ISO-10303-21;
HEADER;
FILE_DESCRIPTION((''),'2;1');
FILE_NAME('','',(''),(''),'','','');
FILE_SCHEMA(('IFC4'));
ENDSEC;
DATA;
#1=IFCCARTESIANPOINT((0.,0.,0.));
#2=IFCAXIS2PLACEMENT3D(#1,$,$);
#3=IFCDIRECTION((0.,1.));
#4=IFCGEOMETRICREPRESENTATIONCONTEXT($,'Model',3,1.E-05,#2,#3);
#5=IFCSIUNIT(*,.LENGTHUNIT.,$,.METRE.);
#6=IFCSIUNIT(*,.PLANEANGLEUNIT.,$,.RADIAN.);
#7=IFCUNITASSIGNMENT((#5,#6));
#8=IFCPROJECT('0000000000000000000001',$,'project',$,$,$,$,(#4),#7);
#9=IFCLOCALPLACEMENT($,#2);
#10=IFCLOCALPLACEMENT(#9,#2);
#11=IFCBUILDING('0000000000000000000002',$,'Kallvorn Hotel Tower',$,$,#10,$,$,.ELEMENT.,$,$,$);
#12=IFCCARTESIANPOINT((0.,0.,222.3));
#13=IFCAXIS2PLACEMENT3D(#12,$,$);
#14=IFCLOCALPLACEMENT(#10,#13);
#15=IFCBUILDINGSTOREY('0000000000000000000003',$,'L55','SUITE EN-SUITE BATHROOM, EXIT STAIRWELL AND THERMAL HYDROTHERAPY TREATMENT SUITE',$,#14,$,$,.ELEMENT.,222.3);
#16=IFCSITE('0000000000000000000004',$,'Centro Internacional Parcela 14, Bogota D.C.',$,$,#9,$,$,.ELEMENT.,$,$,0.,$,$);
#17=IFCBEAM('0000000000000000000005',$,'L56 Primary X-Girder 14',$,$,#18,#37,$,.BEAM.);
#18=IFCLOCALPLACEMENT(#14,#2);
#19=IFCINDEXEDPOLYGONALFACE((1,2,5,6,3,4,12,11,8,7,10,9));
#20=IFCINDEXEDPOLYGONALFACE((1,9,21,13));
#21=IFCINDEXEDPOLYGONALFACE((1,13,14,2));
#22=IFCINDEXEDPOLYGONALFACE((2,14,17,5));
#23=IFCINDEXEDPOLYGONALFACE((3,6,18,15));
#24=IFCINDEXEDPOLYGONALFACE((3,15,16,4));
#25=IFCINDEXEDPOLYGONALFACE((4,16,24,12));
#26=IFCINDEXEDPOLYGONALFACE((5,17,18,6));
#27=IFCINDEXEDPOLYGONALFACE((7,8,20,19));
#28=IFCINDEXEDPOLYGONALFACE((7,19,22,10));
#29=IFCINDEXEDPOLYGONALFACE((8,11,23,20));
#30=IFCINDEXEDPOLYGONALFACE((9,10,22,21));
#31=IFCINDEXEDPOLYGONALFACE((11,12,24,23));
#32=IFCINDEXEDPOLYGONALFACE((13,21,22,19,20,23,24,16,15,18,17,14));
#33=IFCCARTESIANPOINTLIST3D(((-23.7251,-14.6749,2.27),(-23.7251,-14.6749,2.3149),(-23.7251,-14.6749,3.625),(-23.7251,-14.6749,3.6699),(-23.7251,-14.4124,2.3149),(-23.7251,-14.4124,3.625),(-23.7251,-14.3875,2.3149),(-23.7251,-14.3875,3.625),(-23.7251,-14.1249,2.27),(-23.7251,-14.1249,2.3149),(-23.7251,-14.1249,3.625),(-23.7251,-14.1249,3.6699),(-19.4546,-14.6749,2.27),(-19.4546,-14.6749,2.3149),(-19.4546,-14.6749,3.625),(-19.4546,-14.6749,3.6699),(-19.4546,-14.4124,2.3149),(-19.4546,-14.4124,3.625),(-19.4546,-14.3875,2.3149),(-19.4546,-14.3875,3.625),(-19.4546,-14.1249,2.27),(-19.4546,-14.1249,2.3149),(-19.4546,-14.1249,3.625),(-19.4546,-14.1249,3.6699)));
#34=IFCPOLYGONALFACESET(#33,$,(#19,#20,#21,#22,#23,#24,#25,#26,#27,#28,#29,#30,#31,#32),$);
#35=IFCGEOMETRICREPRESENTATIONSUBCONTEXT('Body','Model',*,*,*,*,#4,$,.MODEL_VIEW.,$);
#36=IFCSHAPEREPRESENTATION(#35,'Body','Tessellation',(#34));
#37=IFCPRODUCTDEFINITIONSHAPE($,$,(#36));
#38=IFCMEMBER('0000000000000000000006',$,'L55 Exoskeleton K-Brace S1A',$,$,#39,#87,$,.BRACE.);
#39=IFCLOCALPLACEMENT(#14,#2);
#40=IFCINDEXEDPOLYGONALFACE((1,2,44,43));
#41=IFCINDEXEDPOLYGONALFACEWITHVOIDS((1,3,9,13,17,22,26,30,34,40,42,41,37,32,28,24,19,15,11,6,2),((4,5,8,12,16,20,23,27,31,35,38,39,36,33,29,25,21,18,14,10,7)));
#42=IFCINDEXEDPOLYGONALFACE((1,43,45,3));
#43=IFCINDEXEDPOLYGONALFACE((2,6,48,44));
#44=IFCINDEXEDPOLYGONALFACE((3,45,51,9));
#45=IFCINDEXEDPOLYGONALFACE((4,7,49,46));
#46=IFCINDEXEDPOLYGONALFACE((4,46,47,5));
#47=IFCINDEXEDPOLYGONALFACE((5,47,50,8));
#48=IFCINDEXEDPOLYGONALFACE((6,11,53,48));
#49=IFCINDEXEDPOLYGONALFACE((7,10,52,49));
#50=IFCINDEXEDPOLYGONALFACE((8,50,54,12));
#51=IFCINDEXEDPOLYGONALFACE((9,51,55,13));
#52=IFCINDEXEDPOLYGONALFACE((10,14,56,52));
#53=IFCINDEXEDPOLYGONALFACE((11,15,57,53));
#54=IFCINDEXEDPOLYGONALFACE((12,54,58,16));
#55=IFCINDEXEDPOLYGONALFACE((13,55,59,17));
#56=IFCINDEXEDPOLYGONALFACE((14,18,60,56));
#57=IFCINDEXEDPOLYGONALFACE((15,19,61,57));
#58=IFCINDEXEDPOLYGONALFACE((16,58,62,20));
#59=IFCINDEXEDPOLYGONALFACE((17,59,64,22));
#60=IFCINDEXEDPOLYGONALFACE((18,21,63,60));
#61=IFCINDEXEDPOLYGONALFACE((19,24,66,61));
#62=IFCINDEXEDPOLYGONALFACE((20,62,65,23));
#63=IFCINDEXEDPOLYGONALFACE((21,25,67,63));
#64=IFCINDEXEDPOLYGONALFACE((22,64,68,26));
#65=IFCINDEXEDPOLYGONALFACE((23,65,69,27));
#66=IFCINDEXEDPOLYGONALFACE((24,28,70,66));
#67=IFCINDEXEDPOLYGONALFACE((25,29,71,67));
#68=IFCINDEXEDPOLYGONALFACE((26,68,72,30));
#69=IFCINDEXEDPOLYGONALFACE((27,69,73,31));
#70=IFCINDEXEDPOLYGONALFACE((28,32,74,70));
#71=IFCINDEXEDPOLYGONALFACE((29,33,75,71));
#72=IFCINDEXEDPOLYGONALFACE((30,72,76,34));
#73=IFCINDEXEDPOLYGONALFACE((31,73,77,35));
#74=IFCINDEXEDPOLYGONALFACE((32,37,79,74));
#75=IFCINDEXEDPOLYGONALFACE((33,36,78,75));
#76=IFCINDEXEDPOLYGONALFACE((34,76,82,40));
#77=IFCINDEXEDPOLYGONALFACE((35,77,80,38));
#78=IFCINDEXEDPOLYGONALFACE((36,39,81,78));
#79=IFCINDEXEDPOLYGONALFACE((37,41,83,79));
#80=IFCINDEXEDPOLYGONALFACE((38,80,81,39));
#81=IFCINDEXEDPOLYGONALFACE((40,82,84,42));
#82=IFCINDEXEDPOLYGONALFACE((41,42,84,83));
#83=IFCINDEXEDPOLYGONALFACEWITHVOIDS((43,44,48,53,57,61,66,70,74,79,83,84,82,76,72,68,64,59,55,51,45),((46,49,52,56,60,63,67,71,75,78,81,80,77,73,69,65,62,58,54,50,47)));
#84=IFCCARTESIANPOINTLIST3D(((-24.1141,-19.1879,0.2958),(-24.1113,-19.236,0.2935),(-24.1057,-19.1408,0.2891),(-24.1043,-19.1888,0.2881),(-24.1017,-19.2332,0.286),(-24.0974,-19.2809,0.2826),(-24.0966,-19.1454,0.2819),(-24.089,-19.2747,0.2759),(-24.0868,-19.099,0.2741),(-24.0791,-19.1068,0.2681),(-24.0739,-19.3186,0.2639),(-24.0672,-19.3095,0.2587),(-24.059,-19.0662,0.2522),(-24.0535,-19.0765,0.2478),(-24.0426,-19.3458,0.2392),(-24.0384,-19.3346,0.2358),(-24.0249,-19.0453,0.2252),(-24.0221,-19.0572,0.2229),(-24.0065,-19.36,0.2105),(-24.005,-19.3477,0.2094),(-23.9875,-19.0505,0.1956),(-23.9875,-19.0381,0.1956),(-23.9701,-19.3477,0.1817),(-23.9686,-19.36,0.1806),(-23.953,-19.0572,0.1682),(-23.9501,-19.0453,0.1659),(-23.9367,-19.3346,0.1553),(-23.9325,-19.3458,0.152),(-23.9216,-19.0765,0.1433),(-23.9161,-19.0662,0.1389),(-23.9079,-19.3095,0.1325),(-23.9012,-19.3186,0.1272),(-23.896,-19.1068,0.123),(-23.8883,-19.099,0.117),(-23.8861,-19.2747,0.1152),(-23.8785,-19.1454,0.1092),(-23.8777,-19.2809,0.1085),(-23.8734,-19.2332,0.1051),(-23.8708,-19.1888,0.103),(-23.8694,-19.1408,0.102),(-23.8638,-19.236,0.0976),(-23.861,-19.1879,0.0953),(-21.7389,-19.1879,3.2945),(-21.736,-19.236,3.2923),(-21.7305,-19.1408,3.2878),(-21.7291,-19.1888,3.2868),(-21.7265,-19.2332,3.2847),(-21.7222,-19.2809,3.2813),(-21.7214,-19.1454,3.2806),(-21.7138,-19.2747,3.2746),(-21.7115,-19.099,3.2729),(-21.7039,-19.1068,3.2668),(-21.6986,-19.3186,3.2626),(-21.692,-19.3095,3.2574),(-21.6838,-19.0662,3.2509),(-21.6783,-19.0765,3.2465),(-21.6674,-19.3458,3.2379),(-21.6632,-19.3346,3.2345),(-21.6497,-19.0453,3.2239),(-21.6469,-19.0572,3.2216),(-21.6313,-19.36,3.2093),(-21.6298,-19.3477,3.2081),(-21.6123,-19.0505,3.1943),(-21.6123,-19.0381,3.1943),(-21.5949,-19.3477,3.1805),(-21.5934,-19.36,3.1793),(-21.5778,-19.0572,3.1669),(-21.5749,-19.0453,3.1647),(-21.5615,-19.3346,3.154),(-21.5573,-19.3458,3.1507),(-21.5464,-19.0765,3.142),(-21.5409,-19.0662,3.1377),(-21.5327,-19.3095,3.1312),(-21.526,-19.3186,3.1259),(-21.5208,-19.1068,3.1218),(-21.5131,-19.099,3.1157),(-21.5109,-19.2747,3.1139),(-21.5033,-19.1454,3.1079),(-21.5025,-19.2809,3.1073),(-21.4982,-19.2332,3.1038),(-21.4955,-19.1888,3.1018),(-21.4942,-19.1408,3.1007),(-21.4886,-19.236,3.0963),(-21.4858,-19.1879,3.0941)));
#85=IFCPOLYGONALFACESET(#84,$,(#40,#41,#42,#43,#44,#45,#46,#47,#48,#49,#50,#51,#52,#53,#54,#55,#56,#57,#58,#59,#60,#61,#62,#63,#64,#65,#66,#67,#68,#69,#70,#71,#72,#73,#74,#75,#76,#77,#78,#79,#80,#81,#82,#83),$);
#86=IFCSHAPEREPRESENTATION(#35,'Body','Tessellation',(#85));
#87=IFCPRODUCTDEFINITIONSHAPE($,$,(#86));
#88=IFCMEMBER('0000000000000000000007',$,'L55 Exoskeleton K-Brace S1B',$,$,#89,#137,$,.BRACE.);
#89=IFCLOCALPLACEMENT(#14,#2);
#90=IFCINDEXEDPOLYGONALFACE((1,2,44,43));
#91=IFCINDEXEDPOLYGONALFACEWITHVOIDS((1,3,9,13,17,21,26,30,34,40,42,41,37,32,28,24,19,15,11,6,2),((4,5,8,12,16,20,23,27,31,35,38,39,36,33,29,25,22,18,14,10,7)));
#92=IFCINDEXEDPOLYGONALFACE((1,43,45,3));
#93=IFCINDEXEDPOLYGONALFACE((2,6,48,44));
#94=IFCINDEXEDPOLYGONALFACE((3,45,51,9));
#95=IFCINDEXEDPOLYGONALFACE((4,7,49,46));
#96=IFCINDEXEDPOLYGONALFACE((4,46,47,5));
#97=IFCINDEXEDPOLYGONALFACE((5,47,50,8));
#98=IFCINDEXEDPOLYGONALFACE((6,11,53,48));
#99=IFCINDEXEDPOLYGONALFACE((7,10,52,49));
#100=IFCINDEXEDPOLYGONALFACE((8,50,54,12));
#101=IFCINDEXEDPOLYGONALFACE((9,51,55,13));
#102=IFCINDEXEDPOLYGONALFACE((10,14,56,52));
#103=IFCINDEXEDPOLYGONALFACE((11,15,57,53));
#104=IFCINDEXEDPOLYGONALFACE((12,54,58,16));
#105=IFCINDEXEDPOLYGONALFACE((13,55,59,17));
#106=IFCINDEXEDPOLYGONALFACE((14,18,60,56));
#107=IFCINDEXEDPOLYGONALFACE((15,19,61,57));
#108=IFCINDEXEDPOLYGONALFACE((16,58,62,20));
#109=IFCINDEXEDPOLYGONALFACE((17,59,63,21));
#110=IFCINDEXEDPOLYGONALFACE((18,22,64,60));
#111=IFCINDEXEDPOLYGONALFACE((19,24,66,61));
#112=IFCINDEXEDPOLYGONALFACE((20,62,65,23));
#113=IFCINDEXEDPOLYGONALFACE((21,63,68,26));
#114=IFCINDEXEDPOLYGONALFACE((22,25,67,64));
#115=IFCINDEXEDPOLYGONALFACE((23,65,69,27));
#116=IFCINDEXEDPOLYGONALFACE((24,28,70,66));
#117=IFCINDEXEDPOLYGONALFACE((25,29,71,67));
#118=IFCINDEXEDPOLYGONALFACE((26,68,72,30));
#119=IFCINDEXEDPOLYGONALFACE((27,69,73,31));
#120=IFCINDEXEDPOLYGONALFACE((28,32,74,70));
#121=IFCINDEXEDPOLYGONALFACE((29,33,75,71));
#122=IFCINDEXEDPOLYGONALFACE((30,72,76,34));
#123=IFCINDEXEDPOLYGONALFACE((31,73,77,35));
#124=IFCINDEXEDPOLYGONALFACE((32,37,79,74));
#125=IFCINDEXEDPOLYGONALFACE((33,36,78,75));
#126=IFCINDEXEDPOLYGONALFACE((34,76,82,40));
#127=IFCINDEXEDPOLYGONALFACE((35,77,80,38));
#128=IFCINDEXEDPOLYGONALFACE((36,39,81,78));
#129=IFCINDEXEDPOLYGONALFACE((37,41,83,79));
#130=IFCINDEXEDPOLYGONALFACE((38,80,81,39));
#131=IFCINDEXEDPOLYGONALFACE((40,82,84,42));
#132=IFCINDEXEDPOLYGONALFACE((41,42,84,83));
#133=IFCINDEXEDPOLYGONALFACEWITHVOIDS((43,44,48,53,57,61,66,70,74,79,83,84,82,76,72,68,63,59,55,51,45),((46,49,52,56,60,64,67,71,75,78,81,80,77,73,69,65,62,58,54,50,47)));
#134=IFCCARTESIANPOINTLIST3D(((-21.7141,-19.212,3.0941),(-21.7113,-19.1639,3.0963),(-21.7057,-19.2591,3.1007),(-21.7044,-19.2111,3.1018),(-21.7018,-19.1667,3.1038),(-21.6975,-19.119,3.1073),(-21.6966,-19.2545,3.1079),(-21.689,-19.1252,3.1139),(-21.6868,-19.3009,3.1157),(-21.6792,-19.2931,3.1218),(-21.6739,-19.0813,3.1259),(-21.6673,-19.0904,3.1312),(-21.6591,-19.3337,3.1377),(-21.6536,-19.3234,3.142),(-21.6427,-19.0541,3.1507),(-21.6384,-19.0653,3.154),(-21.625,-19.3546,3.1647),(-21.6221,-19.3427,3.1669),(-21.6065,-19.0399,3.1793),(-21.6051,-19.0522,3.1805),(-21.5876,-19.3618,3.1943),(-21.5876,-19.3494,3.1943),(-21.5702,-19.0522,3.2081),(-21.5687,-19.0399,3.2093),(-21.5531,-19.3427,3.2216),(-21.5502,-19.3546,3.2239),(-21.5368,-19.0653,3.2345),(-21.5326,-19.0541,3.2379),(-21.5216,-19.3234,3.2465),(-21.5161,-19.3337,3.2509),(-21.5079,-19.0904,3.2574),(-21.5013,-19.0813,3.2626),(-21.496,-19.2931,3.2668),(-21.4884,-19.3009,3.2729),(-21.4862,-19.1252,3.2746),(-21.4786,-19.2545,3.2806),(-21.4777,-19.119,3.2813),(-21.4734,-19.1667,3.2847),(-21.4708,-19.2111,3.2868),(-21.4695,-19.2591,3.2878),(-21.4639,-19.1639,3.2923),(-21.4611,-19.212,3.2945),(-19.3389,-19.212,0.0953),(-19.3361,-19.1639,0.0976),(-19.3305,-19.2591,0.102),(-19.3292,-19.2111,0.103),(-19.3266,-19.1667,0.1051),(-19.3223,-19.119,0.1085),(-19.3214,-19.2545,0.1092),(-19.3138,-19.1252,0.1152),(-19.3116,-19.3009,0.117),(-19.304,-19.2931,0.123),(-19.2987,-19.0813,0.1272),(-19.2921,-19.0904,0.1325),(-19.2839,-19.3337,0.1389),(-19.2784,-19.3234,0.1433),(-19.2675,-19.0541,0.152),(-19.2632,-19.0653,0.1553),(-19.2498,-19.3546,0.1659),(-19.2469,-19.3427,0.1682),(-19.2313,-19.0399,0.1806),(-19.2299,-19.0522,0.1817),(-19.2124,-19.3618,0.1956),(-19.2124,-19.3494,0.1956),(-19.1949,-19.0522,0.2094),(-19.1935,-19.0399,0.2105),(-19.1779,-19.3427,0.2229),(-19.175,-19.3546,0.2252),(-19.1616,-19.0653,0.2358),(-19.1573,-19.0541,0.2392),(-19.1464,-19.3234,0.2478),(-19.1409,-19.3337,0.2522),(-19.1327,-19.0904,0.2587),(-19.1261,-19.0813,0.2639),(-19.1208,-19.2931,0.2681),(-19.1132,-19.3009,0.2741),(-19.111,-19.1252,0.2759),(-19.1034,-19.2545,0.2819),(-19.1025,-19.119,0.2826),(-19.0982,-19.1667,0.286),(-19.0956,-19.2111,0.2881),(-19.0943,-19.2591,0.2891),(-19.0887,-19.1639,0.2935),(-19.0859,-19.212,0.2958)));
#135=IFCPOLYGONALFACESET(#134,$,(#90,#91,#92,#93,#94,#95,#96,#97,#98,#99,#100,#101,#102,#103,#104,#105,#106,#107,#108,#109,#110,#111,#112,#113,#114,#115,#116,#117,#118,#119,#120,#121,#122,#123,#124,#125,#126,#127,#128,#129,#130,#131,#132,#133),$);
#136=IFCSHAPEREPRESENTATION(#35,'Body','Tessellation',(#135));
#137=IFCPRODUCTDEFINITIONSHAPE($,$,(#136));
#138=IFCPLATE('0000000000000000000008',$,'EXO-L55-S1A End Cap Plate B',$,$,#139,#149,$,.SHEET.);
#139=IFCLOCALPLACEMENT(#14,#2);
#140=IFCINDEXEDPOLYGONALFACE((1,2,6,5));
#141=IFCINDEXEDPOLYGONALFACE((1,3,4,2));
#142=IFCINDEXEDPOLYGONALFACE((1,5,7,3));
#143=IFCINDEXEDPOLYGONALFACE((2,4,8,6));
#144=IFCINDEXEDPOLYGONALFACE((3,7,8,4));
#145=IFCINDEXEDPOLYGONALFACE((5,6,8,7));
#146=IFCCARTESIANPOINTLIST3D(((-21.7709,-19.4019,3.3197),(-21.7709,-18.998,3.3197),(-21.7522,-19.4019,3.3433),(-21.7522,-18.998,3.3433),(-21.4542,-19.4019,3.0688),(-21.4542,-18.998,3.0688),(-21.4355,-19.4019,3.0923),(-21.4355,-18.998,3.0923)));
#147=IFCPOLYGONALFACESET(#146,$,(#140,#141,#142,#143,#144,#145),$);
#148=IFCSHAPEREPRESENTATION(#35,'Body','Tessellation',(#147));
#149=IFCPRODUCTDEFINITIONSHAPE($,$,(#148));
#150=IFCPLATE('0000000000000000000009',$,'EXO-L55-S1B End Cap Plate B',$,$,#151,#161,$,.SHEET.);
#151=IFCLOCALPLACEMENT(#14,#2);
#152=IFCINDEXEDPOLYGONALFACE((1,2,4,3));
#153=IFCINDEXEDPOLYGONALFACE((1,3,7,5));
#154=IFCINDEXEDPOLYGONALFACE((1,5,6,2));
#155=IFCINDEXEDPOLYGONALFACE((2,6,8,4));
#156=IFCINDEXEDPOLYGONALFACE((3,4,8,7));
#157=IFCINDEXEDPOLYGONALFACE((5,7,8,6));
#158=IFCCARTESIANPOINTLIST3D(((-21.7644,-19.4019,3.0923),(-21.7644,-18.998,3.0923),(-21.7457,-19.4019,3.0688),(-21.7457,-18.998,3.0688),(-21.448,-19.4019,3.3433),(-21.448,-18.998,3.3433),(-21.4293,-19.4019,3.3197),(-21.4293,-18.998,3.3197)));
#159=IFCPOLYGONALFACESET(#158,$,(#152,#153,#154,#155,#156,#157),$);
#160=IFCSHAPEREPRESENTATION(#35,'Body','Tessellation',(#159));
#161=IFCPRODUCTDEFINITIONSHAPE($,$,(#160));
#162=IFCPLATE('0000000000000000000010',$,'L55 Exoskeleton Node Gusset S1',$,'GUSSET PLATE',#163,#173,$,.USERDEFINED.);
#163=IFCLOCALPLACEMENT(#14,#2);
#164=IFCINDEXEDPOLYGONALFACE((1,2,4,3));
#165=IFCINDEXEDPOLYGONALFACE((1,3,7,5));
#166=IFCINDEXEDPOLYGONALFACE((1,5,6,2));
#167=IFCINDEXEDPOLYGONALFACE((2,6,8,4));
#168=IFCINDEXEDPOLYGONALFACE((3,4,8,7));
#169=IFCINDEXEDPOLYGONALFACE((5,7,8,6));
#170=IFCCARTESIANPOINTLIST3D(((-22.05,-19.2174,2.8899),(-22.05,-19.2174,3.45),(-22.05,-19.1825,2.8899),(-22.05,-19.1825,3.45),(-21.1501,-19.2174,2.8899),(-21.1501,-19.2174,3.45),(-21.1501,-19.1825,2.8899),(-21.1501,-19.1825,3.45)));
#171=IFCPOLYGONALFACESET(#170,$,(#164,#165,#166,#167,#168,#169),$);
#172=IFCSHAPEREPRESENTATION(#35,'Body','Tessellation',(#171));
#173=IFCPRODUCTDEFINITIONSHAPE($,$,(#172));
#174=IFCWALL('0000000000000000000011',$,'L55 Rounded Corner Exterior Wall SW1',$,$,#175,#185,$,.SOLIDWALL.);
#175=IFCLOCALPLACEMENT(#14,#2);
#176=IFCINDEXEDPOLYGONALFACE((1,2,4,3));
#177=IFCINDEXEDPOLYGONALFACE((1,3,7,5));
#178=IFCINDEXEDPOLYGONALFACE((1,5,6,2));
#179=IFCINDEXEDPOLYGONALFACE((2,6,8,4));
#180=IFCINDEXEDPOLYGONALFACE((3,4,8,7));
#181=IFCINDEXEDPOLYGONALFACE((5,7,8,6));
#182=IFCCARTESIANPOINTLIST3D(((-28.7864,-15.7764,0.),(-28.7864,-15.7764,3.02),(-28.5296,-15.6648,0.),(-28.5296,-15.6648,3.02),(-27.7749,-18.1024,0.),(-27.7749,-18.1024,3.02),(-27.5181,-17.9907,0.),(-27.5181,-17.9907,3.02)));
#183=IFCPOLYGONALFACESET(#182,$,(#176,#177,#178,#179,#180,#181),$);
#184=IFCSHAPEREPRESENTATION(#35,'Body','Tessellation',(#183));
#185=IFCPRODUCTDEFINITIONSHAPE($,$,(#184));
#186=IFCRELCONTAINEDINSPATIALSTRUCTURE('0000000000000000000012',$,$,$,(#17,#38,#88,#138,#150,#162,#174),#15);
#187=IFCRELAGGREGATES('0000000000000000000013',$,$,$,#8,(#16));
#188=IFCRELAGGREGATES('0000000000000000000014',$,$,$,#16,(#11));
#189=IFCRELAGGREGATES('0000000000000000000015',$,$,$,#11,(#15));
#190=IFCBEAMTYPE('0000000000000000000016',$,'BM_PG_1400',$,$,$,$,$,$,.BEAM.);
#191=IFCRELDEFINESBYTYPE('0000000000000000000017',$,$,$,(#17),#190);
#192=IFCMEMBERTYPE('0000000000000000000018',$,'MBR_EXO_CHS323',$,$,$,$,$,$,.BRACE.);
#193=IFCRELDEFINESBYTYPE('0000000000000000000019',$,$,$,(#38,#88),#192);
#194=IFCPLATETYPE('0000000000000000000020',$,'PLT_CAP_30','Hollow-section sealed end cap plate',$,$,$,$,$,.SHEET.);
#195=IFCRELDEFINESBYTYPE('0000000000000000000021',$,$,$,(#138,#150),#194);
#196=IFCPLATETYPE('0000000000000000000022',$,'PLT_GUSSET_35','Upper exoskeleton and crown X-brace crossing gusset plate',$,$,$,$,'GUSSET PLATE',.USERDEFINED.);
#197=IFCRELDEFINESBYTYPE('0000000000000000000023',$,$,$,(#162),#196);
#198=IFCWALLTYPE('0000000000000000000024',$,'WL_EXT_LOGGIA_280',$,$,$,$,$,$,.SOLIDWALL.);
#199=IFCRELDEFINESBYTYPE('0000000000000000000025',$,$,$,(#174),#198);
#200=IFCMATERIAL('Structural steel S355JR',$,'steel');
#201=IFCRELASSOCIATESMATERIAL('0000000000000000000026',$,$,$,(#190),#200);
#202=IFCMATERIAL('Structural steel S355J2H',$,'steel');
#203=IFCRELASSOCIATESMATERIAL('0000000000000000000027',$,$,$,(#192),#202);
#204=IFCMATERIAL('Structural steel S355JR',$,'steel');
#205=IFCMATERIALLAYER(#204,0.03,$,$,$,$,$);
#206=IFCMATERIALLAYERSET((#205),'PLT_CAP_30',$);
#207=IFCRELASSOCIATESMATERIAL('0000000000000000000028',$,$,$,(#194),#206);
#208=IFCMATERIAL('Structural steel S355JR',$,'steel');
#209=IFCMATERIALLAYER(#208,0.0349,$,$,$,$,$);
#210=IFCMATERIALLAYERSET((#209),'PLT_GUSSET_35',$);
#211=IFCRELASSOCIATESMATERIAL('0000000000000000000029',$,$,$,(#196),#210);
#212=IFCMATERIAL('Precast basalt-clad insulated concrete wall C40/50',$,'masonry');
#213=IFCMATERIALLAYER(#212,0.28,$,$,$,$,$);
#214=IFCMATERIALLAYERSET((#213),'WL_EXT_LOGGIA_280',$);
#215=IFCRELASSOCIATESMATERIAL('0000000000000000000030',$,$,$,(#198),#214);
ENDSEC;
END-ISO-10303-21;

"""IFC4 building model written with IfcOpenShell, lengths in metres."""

from ifc_helpers import new_model, si_unit, direction, frame, frame_2d, origin, origin_2d, place, context, subcontext, project, spatial, polyline, rectangle, hollow_circle, i_section, outline, extrude, material, layer, layer_set, material_profile, profile_set, type_object, element, save


model = new_model("IFC4")

# Units and contexts
model_context = context("Model", 3, precision=1e-05, world=origin(), true_north=direction((0.0, 1.0)))
body_context = subcontext(model_context, "Body", "Model", "MODEL_VIEW")
ifc_project = project(units=[si_unit("LENGTHUNIT", "METRE"), si_unit("PLANEANGLEUNIT", "RADIAN")], contexts=[model_context])

# Site, building, storey
site_placement = place(None, origin())
site = spatial("IfcSite", under=ifc_project, at=site_placement, Name="Centro Internacional Parcela 14, Bogota D.C.", CompositionType="ELEMENT", RefElevation=0.0)
building_placement = place(site_placement, origin())
building = spatial("IfcBuilding", under=site, at=building_placement, Name="Kallvorn Hotel Tower", CompositionType="ELEMENT")
storey_placement = place(building_placement, frame((0.0, 0.0, 222.3)))
storey = spatial("IfcBuildingStorey", under=building, at=storey_placement, Name="L55", Description="SUITE EN-SUITE BATHROOM, EXIT STAIRWELL AND THERMAL HYDROTHERAPY TREATMENT SUITE", CompositionType="ELEMENT", Elevation=222.3)

# Beam
ifc_material_1 = material(Name="Structural steel S355JR", Category="steel")
ifc_material_profile_1 = material_profile(ifc_material_1, i_section(OverallWidth=0.55, OverallDepth=1.3999, WebThickness=0.0249, FlangeThickness=0.0449, at=origin_2d()), Name="PG 1400x550x25x45")
ifc_profile_set_1 = profile_set([ifc_material_profile_1], Name="Structural steel S355JR")
beam_type_1 = type_object("IfcBeamType", Name="BM_PG_1400", PredefinedType="BEAM", material=ifc_profile_set_1)
for number, where, z_axis, x_axis, name in (
    (1, (-23.7251, -14.3999, 2.97), (1.0, 0.0, 0.0), (0.0, 1.0, 0.0), "L56 Primary X-Girder 14"),
):
    element("IfcBeam", number, at=place(storey_placement, frame(where, z_axis=z_axis, x_axis=x_axis)), inside=storey, type_object=beam_type_1, Name=name, PredefinedType="BEAM", context=body_context, shape_type="SweptSolid", body=[
        extrude(i_section(OverallWidth=0.55, OverallDepth=1.3999, WebThickness=0.0249, FlangeThickness=0.0449, at=origin_2d()), origin(), (0.0, 0.0, 1.0), 4.2705),
    ])

# Members
ifc_material_2 = material(Name="Structural steel S355J2H", Category="steel")
ifc_material_profile_2 = material_profile(ifc_material_2, hollow_circle(Radius=0.1619, WallThickness=0.0125, at=origin_2d()), Name="CHS 323.9x12.5")
ifc_profile_set_2 = profile_set([ifc_material_profile_2], Name="Structural steel S355J2H")
member_type = type_object("IfcMemberType", Name="MBR_EXO_CHS323", PredefinedType="BRACE", material=ifc_profile_set_2)
for number, where, z_axis, x_axis, name in (
    (2, (-23.9875, -19.2, 0.1956), (0.620897, 0.0, 0.783892), (0.0, 1.0, 0.0), "L55 Exoskeleton K-Brace S1A"),
    (3, (-19.2124, -19.2, 0.1956), (-0.620897, 0.0, 0.783892), (0.0, -1.0, 0.0), "L55 Exoskeleton K-Brace S1B"),
):
    element("IfcMember", number, at=place(storey_placement, frame(where, z_axis=z_axis, x_axis=x_axis)), inside=storey, type_object=member_type, Name=name, PredefinedType="BRACE", context=body_context, shape_type="SweptSolid", body=[
        extrude(hollow_circle(Radius=0.1619, WallThickness=0.0125, at=origin_2d()), origin(), (0.0, 0.0, 1.0), 3.8254),
    ])

# Plates
ifc_material_3 = material(Name="Structural steel S355JR", Category="steel")
ifc_layer_1 = layer(ifc_material_3, 0.03)
ifc_layer_set_1 = layer_set([ifc_layer_1], Name="PLT_CAP_30")
plate_type_1 = type_object("IfcPlateType", Name="PLT_CAP_30", Description="Hollow-section sealed end cap plate", PredefinedType="SHEET", material=ifc_layer_set_1)
plate_1_placement = place(storey_placement, frame((-21.4355, -19.4019, 3.0923), z_axis=(0.621152, 0.0, 0.78369), x_axis=(0.0, 1.0, 0.0)))
element("IfcPlate", 4, at=plate_1_placement, inside=storey, type_object=plate_type_1, Name="EXO-L55-S1A End Cap Plate B", PredefinedType="SHEET", context=body_context, shape_type="SweptSolid", body=[
    extrude(outline(polyline([(0.0, 0.0), (0.4038, 0.0), (0.4038, 0.4041), (0.0, 0.4041), (0.0, 0.0)])), origin(), (0.0, 0.0, -1.0), 0.03),
])
plate_2_placement = place(storey_placement, frame((-21.7644, -18.998, 3.0923), z_axis=(-0.621446, 0.0, 0.783457), x_axis=(0.0, -1.0, 0.0)))
element("IfcPlate", 5, at=plate_2_placement, inside=storey, type_object=plate_type_1, Name="EXO-L55-S1B End Cap Plate B", PredefinedType="SHEET", context=body_context, shape_type="SweptSolid", body=[
    extrude(outline(polyline([(0.0, 0.0), (0.4038, 0.0), (0.4038, 0.4039), (0.0, 0.4039), (0.0, 0.0)])), origin(), (0.0, 0.0, -1.0), 0.03),
])
ifc_material_4 = material(Name="Structural steel S355JR", Category="steel")
ifc_layer_2 = layer(ifc_material_4, 0.0349)
ifc_layer_set_2 = layer_set([ifc_layer_2], Name="PLT_GUSSET_35")
plate_type_2 = type_object("IfcPlateType", Name="PLT_GUSSET_35", Description="Upper exoskeleton and crown X-brace crossing gusset plate", ElementType="GUSSET PLATE", PredefinedType="USERDEFINED", material=ifc_layer_set_2)
plate_3_placement = place(storey_placement, frame((-21.6001, -19.2, 2.8899), z_axis=(0.0, 0.0, 1.0), x_axis=(1.0, 0.0, 0.0)))
element("IfcPlate", 6, at=plate_3_placement, inside=storey, type_object=plate_type_2, Name="L55 Exoskeleton Node Gusset S1", ObjectType="GUSSET PLATE", PredefinedType="USERDEFINED", context=body_context, shape_type="SweptSolid", body=[
    extrude(rectangle(XDim=0.8999, YDim=0.0349, at=origin_2d()), origin(), (0.0, 0.0, 1.0), 0.5601),
])

# Wall
ifc_material_5 = material(Name="Precast basalt-clad insulated concrete wall C40/50", Category="masonry")
ifc_layer_3 = layer(ifc_material_5, 0.28)
ifc_layer_set_3 = layer_set([ifc_layer_3], Name="WL_EXT_LOGGIA_280")
wall_type_1 = type_object("IfcWallType", Name="WL_EXT_LOGGIA_280", PredefinedType="SOLIDWALL", material=ifc_layer_set_3)
wall_1_placement = place(storey_placement, frame((-28.658, -15.7207, 0.0), z_axis=(0.0, 0.0, 1.0), x_axis=(0.398793, -0.917041, 0.0)))
element("IfcWall", 7, at=wall_1_placement, inside=storey, type_object=wall_type_1, Name="L55 Rounded Corner Exterior Wall SW1", PredefinedType="SOLIDWALL", context=body_context, shape_type="SweptSolid", body=[
    extrude(rectangle(XDim=2.5364, YDim=0.28, at=frame_2d((1.2681, 0.0))), origin(), (0.0, 0.0, 1.0), 3.02),
])

save(model, "model.ifc")
